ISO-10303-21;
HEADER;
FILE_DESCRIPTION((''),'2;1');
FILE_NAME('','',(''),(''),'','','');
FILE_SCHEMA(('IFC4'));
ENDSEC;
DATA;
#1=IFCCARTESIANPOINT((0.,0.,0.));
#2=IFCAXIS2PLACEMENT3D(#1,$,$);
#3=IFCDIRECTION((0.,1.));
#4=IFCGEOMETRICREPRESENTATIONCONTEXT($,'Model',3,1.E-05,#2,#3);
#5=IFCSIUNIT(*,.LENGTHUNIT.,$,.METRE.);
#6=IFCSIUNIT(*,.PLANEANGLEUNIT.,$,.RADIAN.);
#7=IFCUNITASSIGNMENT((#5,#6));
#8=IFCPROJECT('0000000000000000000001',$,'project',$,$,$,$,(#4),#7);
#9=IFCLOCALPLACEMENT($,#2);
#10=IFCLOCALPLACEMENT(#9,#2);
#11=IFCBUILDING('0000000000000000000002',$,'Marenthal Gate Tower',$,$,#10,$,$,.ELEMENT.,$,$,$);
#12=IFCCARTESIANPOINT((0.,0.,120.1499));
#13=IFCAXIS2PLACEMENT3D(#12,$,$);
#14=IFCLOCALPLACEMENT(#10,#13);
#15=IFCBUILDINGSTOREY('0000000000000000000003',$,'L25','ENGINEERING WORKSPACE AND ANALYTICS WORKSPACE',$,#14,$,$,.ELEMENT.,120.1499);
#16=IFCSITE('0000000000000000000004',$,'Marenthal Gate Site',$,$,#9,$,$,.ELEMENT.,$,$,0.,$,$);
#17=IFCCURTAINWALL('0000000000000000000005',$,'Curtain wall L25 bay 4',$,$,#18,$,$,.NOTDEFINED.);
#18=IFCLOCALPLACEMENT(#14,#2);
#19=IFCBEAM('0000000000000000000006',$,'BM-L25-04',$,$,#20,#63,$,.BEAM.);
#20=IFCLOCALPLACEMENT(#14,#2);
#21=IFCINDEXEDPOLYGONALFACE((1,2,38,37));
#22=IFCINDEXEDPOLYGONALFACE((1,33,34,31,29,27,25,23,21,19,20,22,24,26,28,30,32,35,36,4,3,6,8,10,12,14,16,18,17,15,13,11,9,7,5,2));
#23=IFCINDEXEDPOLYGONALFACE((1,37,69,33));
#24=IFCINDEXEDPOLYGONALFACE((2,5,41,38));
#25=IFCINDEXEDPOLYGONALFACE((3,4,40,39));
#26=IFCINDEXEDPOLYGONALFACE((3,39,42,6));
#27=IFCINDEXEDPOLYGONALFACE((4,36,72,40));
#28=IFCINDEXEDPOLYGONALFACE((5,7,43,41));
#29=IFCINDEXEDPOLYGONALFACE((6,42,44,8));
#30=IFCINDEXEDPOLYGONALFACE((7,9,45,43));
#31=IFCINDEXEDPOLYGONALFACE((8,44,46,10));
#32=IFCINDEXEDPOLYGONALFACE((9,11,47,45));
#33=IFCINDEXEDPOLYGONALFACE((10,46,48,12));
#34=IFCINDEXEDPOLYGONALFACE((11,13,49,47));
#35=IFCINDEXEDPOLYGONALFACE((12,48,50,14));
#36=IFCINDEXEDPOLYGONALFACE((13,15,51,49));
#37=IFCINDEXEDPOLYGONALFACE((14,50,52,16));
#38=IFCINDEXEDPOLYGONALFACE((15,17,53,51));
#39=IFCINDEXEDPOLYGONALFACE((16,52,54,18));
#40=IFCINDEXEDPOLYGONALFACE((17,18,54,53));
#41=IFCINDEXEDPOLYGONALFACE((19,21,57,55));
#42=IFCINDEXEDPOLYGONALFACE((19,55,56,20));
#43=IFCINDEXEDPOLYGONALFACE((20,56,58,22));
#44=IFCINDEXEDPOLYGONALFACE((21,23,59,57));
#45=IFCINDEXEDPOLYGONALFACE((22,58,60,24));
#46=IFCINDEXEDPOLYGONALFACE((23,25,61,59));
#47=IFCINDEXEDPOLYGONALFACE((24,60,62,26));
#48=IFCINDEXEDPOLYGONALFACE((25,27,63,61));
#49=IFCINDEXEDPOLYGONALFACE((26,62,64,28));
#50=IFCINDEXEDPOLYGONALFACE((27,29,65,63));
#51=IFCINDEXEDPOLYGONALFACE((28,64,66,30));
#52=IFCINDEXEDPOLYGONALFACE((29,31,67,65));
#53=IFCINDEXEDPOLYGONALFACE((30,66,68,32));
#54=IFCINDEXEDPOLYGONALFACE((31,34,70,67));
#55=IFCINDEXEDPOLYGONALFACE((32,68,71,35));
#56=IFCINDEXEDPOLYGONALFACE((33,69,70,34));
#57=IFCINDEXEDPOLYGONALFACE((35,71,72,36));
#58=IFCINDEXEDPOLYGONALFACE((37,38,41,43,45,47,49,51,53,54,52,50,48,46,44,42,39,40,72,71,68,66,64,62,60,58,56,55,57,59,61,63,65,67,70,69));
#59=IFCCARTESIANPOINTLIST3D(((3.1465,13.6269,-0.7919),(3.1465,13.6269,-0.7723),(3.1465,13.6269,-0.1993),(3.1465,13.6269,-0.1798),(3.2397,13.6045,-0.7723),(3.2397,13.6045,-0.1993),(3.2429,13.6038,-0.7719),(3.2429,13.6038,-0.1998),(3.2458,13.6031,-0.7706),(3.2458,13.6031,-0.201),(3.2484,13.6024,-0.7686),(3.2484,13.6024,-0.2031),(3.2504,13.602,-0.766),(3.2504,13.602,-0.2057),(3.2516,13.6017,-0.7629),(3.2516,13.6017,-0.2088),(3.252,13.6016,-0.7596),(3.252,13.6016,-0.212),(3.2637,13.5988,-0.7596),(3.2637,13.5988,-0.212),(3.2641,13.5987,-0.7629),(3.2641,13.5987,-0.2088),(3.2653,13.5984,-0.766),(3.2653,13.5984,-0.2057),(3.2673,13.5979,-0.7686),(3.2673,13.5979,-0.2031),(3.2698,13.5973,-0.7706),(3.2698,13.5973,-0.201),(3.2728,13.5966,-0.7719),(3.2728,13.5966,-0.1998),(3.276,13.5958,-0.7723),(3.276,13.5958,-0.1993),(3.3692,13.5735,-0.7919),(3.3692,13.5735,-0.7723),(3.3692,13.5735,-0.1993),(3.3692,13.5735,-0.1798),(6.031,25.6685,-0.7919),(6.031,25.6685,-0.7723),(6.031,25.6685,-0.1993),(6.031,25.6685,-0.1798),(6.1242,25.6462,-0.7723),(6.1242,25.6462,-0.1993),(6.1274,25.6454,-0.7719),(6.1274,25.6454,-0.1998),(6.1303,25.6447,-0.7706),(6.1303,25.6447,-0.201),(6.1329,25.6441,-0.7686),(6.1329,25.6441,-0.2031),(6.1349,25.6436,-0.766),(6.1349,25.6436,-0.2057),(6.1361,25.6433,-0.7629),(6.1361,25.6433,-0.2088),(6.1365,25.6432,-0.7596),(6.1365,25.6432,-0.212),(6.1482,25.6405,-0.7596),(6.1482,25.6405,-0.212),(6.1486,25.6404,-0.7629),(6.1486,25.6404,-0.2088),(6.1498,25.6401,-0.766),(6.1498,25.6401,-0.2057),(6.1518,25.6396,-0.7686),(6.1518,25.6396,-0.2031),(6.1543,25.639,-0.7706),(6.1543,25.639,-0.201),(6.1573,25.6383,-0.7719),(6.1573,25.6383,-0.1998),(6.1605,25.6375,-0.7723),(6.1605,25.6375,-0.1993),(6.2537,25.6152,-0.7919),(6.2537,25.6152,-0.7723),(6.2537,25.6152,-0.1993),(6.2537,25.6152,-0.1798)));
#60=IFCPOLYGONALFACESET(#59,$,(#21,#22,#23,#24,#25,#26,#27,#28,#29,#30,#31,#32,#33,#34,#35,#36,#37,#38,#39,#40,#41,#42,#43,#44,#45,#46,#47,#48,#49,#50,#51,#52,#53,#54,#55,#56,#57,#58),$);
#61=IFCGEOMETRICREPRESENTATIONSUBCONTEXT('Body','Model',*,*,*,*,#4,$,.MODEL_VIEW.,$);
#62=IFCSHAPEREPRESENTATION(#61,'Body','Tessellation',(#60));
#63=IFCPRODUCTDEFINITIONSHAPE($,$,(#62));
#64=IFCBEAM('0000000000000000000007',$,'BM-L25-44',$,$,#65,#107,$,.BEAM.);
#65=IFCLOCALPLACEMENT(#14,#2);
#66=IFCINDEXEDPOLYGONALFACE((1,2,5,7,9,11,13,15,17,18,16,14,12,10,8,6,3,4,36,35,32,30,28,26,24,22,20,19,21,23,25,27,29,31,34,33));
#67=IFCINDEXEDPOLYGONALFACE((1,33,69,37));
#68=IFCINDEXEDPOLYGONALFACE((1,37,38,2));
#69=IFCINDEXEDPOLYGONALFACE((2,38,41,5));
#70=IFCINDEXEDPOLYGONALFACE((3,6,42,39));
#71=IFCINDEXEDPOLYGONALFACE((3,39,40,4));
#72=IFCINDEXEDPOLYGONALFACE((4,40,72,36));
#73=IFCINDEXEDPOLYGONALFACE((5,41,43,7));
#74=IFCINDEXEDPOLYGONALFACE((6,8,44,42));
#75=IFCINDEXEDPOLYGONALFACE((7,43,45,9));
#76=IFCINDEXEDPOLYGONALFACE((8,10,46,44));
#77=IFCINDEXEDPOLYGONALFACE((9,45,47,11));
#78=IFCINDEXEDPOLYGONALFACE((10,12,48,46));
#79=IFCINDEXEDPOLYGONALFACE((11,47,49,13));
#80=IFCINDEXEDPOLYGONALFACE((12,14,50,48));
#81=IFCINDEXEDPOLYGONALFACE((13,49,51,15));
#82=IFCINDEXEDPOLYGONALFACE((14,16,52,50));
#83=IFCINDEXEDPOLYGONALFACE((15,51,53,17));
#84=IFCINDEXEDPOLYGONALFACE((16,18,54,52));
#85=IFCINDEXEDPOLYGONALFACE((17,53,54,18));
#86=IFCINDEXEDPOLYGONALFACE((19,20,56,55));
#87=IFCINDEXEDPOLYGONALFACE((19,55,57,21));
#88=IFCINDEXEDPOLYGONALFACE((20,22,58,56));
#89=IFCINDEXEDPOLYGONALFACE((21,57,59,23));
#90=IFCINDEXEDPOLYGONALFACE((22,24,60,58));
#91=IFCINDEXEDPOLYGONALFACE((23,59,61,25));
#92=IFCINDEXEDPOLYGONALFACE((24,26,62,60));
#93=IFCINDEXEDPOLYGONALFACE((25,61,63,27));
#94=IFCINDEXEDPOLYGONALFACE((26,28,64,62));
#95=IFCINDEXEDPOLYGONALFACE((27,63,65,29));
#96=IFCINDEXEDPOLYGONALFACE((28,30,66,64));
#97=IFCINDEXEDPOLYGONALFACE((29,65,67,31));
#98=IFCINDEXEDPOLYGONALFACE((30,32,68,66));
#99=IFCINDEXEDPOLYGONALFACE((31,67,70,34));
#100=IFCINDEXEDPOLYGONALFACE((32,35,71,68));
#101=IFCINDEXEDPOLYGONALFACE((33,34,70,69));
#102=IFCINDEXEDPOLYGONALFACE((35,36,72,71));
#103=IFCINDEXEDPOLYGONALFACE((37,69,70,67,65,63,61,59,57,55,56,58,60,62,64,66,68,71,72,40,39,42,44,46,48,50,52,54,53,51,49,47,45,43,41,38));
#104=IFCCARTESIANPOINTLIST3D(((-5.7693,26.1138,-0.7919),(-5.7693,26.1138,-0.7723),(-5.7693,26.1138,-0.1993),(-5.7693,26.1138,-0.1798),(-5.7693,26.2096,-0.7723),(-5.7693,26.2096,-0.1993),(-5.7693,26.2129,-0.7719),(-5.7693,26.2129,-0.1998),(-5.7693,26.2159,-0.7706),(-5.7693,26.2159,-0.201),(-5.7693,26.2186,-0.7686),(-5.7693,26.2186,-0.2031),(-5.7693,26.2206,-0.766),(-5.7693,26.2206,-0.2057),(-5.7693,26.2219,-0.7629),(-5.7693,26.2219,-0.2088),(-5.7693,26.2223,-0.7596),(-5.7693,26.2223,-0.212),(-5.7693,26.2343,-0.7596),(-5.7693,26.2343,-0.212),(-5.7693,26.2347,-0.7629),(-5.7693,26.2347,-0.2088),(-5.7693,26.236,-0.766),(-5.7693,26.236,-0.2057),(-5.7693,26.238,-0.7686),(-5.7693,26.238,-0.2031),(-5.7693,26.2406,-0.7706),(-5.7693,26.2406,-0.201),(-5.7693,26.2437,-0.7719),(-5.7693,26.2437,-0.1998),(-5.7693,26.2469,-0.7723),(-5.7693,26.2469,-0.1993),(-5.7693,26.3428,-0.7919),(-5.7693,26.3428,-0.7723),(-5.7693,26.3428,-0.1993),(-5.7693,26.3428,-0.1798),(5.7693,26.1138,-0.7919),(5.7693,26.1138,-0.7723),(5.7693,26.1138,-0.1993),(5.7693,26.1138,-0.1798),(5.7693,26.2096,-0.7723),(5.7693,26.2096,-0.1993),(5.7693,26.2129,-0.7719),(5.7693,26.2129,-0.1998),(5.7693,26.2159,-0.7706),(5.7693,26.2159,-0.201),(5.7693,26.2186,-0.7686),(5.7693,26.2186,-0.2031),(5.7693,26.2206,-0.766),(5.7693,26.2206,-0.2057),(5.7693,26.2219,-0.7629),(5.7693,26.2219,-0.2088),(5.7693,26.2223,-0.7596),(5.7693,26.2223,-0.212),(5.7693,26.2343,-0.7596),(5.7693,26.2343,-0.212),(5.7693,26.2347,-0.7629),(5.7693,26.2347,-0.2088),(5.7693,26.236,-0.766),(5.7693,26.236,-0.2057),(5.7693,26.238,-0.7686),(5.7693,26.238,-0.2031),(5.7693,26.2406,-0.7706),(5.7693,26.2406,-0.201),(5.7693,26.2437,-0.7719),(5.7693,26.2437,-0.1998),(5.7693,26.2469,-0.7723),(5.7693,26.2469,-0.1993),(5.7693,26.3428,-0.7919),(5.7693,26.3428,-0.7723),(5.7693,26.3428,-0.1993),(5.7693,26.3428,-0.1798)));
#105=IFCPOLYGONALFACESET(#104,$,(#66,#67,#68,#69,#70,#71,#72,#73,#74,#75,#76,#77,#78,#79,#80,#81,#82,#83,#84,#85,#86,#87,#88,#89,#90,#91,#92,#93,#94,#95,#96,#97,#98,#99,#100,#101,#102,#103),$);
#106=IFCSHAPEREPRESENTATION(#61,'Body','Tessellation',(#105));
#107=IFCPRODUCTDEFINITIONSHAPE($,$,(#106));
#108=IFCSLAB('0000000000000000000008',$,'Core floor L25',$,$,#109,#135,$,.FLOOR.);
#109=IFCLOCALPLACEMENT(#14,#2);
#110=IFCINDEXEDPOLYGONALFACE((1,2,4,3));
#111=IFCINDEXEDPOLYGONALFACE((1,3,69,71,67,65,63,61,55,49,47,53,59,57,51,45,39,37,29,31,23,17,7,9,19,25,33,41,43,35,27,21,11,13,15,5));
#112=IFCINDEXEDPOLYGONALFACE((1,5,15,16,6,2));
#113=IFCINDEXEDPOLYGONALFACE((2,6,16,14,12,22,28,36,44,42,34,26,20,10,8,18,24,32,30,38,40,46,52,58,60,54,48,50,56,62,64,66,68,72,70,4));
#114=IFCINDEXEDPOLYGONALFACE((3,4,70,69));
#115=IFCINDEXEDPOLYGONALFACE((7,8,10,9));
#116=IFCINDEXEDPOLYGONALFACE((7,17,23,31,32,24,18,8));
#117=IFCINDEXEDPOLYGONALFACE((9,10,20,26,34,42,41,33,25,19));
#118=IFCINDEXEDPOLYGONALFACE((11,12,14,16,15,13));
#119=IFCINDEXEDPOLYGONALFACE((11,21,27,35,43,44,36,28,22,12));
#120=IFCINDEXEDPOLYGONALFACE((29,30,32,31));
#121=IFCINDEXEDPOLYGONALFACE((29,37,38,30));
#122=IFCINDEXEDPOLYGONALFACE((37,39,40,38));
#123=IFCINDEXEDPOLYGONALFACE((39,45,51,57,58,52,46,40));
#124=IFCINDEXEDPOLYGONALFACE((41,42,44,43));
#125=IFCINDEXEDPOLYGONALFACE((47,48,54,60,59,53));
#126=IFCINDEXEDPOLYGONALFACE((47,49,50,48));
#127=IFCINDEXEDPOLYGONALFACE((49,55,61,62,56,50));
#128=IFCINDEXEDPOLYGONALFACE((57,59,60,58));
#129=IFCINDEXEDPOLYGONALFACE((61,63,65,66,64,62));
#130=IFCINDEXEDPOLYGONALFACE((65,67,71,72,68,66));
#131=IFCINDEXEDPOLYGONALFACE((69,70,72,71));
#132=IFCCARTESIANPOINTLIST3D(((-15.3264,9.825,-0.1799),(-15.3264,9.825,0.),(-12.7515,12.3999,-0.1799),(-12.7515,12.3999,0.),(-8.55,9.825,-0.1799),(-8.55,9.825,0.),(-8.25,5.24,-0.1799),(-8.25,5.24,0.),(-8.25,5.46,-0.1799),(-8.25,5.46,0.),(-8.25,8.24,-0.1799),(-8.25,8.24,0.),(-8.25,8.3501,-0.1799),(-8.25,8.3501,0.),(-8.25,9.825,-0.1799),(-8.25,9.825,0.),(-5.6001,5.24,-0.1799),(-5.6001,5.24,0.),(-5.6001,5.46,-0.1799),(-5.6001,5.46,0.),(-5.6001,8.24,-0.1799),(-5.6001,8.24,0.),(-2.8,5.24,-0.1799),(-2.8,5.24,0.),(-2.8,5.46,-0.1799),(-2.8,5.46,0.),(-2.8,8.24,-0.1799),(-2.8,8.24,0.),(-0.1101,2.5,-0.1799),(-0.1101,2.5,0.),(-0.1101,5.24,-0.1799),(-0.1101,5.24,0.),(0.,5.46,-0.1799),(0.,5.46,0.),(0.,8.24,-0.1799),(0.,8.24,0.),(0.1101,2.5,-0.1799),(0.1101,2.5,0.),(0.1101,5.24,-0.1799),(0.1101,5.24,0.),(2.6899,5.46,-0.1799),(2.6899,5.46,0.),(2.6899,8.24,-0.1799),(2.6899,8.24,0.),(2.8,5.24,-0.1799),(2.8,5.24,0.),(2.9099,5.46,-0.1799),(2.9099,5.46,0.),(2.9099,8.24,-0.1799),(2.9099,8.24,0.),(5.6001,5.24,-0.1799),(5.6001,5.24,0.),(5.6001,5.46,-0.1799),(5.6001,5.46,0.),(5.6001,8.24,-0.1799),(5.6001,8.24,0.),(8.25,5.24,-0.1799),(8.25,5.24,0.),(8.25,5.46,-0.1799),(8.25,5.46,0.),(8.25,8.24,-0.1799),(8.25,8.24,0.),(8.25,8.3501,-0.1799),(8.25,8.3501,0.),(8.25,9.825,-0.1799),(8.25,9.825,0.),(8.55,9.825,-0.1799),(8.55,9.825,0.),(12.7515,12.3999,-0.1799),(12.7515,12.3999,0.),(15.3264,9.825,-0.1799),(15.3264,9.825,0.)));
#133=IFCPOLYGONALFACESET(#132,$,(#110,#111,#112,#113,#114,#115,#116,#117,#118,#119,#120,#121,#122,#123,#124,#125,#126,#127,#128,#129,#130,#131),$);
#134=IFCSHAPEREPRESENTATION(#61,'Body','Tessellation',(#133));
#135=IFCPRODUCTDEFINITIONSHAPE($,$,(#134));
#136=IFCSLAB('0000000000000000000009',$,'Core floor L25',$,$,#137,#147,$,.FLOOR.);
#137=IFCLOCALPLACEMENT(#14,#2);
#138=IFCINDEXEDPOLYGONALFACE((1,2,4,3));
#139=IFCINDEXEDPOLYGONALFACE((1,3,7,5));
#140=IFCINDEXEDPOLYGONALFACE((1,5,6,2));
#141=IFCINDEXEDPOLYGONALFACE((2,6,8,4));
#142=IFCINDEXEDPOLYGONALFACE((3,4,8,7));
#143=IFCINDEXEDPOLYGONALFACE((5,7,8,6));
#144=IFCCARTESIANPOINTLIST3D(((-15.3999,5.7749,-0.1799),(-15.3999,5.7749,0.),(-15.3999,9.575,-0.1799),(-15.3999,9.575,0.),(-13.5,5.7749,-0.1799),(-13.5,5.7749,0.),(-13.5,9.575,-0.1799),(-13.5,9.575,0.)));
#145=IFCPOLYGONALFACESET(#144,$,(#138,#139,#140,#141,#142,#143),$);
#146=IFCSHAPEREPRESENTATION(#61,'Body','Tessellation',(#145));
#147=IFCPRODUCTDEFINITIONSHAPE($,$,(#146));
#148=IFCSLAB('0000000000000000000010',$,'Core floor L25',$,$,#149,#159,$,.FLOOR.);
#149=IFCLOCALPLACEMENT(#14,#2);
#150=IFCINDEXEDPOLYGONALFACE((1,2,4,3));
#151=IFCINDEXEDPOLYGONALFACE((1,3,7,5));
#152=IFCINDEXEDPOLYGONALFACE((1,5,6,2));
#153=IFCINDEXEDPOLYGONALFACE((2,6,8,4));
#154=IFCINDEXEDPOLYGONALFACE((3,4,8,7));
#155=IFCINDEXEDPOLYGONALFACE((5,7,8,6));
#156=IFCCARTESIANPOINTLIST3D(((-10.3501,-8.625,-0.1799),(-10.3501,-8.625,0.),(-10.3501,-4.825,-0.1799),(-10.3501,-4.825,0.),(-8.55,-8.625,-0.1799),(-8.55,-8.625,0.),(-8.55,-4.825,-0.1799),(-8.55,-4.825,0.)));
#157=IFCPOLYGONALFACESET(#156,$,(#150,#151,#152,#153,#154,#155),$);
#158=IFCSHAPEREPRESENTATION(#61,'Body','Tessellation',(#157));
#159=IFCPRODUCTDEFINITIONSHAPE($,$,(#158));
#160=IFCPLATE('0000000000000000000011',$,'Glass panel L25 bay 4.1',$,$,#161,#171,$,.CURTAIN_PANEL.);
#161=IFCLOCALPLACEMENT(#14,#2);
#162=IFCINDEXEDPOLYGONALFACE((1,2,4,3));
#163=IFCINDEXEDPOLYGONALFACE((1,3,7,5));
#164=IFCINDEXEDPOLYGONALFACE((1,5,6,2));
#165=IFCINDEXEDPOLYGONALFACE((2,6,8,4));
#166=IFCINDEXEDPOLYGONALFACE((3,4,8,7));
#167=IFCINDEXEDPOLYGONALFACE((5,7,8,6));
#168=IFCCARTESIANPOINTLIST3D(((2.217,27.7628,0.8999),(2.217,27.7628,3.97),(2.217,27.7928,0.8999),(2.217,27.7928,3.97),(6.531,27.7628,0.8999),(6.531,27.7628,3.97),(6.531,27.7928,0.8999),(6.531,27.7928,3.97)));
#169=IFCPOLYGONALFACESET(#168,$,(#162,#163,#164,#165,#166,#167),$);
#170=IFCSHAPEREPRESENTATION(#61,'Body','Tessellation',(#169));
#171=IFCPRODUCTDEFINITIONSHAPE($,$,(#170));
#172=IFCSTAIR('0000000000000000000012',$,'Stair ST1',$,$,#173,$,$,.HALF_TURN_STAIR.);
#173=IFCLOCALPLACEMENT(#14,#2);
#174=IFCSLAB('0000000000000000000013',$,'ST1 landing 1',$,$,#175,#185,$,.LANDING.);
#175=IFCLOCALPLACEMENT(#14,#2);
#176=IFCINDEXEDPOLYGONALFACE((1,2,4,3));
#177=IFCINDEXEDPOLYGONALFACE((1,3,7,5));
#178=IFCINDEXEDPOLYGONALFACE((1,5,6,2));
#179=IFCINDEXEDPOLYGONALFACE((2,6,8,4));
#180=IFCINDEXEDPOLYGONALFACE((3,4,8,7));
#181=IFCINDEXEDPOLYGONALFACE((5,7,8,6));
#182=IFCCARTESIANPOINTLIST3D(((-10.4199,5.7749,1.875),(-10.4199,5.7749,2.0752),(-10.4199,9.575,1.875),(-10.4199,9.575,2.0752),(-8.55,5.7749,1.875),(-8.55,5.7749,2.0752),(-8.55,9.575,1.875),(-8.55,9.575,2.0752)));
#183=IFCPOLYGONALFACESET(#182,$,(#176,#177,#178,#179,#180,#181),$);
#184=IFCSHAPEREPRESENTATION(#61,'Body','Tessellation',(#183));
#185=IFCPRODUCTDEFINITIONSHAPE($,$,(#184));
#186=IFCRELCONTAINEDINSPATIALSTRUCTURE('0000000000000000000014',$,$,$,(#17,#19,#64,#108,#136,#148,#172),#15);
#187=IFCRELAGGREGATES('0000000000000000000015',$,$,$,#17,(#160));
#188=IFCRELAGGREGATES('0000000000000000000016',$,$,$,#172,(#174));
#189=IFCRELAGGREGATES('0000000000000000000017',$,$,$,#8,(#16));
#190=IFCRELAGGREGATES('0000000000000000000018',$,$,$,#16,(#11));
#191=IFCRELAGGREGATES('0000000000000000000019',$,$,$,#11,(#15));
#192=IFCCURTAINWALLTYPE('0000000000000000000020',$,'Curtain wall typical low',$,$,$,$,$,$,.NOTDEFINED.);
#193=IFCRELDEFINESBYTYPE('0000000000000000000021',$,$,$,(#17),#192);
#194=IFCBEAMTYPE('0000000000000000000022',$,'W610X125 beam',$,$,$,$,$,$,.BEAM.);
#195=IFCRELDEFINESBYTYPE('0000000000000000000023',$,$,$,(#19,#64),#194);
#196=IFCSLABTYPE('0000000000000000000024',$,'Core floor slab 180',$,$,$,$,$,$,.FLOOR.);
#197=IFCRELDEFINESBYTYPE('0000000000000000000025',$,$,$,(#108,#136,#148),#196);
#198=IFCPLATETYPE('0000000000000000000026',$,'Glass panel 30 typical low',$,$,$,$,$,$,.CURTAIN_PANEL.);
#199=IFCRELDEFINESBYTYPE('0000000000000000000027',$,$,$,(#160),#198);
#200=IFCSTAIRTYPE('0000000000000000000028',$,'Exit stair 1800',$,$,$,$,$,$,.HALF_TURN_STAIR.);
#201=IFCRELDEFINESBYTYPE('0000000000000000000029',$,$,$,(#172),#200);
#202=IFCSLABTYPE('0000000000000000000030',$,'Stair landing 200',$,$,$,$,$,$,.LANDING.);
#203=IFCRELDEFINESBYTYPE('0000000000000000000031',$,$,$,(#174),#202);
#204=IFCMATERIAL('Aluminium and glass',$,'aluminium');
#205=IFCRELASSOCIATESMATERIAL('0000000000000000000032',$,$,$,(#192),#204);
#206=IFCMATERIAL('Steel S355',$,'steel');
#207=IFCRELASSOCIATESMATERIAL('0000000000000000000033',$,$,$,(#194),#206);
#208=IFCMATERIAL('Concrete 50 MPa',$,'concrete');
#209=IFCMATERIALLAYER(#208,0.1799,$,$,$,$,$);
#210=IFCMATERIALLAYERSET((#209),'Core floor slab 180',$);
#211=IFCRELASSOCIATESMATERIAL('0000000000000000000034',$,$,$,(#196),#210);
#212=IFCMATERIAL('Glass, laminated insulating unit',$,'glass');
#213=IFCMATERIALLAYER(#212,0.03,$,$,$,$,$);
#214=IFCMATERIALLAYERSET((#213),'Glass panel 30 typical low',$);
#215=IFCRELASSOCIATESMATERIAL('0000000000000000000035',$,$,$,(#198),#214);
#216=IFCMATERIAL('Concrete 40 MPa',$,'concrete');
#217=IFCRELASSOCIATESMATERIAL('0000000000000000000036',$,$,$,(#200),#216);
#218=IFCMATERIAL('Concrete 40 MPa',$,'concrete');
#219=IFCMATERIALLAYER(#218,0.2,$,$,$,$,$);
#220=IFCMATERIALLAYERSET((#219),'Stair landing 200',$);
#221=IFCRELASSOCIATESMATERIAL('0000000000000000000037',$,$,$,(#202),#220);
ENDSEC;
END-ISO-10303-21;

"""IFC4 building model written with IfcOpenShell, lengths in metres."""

from ifc_helpers import new_model, si_unit, direction, frame, origin, origin_2d, place, context, subcontext, project, spatial, polyline, rectangle, i_section, outline, extrude, material, layer, layer_set, material_profile, profile_set, type_object, element, aggregate, save


model = new_model("IFC4")

# Units and contexts
model_context = context("Model", 3, precision=1e-05, world=origin(), true_north=direction((0.0, 1.0)))
body_context = subcontext(model_context, "Body", "Model", "MODEL_VIEW")
ifc_project = project(units=[si_unit("LENGTHUNIT", "METRE"), si_unit("PLANEANGLEUNIT", "RADIAN")], contexts=[model_context])

# Site, building, storey
site_placement = place(None, origin())
site = spatial("IfcSite", under=ifc_project, at=site_placement, Name="Marenthal Gate Site", CompositionType="ELEMENT", RefElevation=0.0)
building_placement = place(site_placement, origin())
building = spatial("IfcBuilding", under=site, at=building_placement, Name="Marenthal Gate Tower", CompositionType="ELEMENT")
storey_placement = place(building_placement, frame((0.0, 0.0, 120.1499)))
storey = spatial("IfcBuildingStorey", under=building, at=storey_placement, Name="L25", Description="ENGINEERING WORKSPACE AND ANALYTICS WORKSPACE", CompositionType="ELEMENT", Elevation=120.1499)

# Curtain wall
ifc_material_1 = material(Name="Aluminium and glass", Category="aluminium")
curtain_wall_type = type_object("IfcCurtainWallType", Name="Curtain wall typical low", PredefinedType="NOTDEFINED", material=ifc_material_1)
curtain_wall_placement = place(storey_placement, origin())
curtain_wall = element("IfcCurtainWall", 1, at=curtain_wall_placement, inside=storey, type_object=curtain_wall_type, Name="Curtain wall L25 bay 4", PredefinedType="NOTDEFINED")

# Beams
ifc_material_2 = material(Name="Steel S355", Category="steel")
ifc_material_profile_1 = material_profile(ifc_material_2, i_section(OverallWidth=0.229, OverallDepth=0.6121, WebThickness=0.012, FlangeThickness=0.0195, FilletRadius=0.0127, at=origin_2d()), Name="W610X125")
ifc_profile_set_1 = profile_set([ifc_material_profile_1], Name="Steel S355")
beam_type_1 = type_object("IfcBeamType", Name="W610X125 beam", PredefinedType="BEAM", material=ifc_profile_set_1)
beam_1_placement = place(storey_placement, frame((6.1423, 25.6418, -0.4858), z_axis=(-0.232953, -0.972488, 0.0), x_axis=(0.972488, -0.232953, 0.0)))
element("IfcBeam", 2, at=beam_1_placement, inside=storey, type_object=beam_type_1, Name="BM-L25-04", PredefinedType="BEAM", context=body_context, shape_type="SweptSolid", body=[
    extrude(i_section(OverallWidth=0.229, OverallDepth=0.6121, WebThickness=0.012, FlangeThickness=0.0195, FilletRadius=0.0127, at=origin_2d()), origin(), (0.0, 0.0, 1.0), 12.3823),
])
beam_2_placement = place(storey_placement, frame((5.7693, 26.2283, -0.4858), z_axis=(-1.0, 0.0, 0.0), x_axis=(0.0, -1.0, 0.0)))
element("IfcBeam", 3, at=beam_2_placement, inside=storey, type_object=beam_type_1, Name="BM-L25-44", PredefinedType="BEAM", context=body_context, shape_type="SweptSolid", body=[
    extrude(i_section(OverallWidth=0.229, OverallDepth=0.6121, WebThickness=0.012, FlangeThickness=0.0195, FilletRadius=0.0127, at=origin_2d()), origin(), (0.0, 0.0, 1.0), 11.5386),
])

# Slabs
ifc_material_3 = material(Name="Concrete 50 MPa", Category="concrete")
ifc_layer_1 = layer(ifc_material_3, 0.1799)
ifc_layer_set_1 = layer_set([ifc_layer_1], Name="Core floor slab 180")
slab_type_1 = type_object("IfcSlabType", Name="Core floor slab 180", PredefinedType="FLOOR", material=ifc_layer_set_1)
slab_1_placement = place(storey_placement, frame((0.0, 0.0, -0.1799)))
element("IfcSlab", 4, at=slab_1_placement, inside=storey, type_object=slab_type_1, Name="Core floor L25", PredefinedType="FLOOR", context=body_context, shape_type="SweptSolid", body=[
    extrude(outline(polyline([(12.7515, 12.3999), (15.3264, 9.825), (8.55, 9.825), (8.25, 9.825), (8.25, 8.3501), (8.25, 8.24), (5.6001, 8.24), (2.9099, 8.24), (2.9099, 5.46), (5.6001, 5.46), (8.25, 5.46), (8.25, 5.24), (5.6001, 5.24), (2.8, 5.24), (0.1101, 5.24), (0.1101, 2.5), (-0.1101, 2.5), (-0.1101, 5.24), (-2.8, 5.24), (-5.6001, 5.24), (-8.25, 5.24), (-8.25, 5.46), (-5.6001, 5.46), (-2.8, 5.46), (0.0, 5.46), (2.6899, 5.46), (2.6899, 8.24), (0.0, 8.24), (-2.8, 8.24), (-5.6001, 8.24), (-8.25, 8.24), (-8.25, 8.3501), (-8.25, 9.825), (-8.55, 9.825), (-15.3264, 9.825), (-12.7515, 12.3999), (12.7515, 12.3999)])), origin(), (0.0, 0.0, 1.0), 0.1799),
])
slab_2_placement = place(storey_placement, frame((0.0, 0.0, -0.1799)))
element("IfcSlab", 5, at=slab_2_placement, inside=storey, type_object=slab_type_1, Name="Core floor L25", PredefinedType="FLOOR", context=body_context, shape_type="SweptSolid", body=[
    extrude(outline(polyline([(-15.3999, 9.575), (-13.5, 9.575), (-13.5, 5.7749), (-15.3999, 5.7749), (-15.3999, 9.575)])), origin(), (0.0, 0.0, 1.0), 0.1799),
])
slab_3_placement = place(storey_placement, frame((0.0, 0.0, -0.1799)))
element("IfcSlab", 6, at=slab_3_placement, inside=storey, type_object=slab_type_1, Name="Core floor L25", PredefinedType="FLOOR", context=body_context, shape_type="SweptSolid", body=[
    extrude(outline(polyline([(-8.55, -8.625), (-10.3501, -8.625), (-10.3501, -4.825), (-8.55, -4.825), (-8.55, -8.625)])), origin(), (0.0, 0.0, 1.0), 0.1799),
])

# Plate
ifc_material_4 = material(Name="Glass, laminated insulating unit", Category="glass")
ifc_layer_2 = layer(ifc_material_4, 0.03)
ifc_layer_set_2 = layer_set([ifc_layer_2], Name="Glass panel 30 typical low")
plate_type = type_object("IfcPlateType", Name="Glass panel 30 typical low", PredefinedType="CURTAIN_PANEL", material=ifc_layer_set_2)
plate_placement = place(storey_placement, frame((4.374, 27.7778, 0.8999), z_axis=(0.0, 0.0, 1.0), x_axis=(-1.0, 0.0, 0.0)))
plate = element("IfcPlate", 7, at=plate_placement, type_object=plate_type, Name="Glass panel L25 bay 4.1", PredefinedType="CURTAIN_PANEL", context=body_context, shape_type="SweptSolid", body=[
    extrude(rectangle(XDim=4.314, YDim=0.03, at=origin_2d()), origin(), (0.0, 0.0, 1.0), 3.0701),
])
aggregate(curtain_wall, [plate])

# Stair, slab
ifc_material_5 = material(Name="Concrete 40 MPa", Category="concrete")
stair_type = type_object("IfcStairType", Name="Exit stair 1800", PredefinedType="HALF_TURN_STAIR", material=ifc_material_5)
stair_1_placement = place(storey_placement, origin())
stair_1 = element("IfcStair", 8, at=stair_1_placement, inside=storey, type_object=stair_type, Name="Stair ST1", PredefinedType="HALF_TURN_STAIR")
ifc_material_6 = material(Name="Concrete 40 MPa", Category="concrete")
ifc_layer_3 = layer(ifc_material_6, 0.2)
ifc_layer_set_3 = layer_set([ifc_layer_3], Name="Stair landing 200")
slab_type_2 = type_object("IfcSlabType", Name="Stair landing 200", PredefinedType="LANDING", material=ifc_layer_set_3)
slab_4_placement = place(storey_placement, frame((0.0, 0.0, 1.875)))
slab_4 = element("IfcSlab", 9, at=slab_4_placement, type_object=slab_type_2, Name="ST1 landing 1", PredefinedType="LANDING", context=body_context, shape_type="SweptSolid", body=[
    extrude(outline(polyline([(-10.4199, 5.7749), (-8.55, 5.7749), (-8.55, 9.575), (-10.4199, 9.575), (-10.4199, 5.7749)])), origin(), (0.0, 0.0, 1.0), 0.2002),
])
aggregate(stair_1, [slab_4])

save(model, "model.ifc")
